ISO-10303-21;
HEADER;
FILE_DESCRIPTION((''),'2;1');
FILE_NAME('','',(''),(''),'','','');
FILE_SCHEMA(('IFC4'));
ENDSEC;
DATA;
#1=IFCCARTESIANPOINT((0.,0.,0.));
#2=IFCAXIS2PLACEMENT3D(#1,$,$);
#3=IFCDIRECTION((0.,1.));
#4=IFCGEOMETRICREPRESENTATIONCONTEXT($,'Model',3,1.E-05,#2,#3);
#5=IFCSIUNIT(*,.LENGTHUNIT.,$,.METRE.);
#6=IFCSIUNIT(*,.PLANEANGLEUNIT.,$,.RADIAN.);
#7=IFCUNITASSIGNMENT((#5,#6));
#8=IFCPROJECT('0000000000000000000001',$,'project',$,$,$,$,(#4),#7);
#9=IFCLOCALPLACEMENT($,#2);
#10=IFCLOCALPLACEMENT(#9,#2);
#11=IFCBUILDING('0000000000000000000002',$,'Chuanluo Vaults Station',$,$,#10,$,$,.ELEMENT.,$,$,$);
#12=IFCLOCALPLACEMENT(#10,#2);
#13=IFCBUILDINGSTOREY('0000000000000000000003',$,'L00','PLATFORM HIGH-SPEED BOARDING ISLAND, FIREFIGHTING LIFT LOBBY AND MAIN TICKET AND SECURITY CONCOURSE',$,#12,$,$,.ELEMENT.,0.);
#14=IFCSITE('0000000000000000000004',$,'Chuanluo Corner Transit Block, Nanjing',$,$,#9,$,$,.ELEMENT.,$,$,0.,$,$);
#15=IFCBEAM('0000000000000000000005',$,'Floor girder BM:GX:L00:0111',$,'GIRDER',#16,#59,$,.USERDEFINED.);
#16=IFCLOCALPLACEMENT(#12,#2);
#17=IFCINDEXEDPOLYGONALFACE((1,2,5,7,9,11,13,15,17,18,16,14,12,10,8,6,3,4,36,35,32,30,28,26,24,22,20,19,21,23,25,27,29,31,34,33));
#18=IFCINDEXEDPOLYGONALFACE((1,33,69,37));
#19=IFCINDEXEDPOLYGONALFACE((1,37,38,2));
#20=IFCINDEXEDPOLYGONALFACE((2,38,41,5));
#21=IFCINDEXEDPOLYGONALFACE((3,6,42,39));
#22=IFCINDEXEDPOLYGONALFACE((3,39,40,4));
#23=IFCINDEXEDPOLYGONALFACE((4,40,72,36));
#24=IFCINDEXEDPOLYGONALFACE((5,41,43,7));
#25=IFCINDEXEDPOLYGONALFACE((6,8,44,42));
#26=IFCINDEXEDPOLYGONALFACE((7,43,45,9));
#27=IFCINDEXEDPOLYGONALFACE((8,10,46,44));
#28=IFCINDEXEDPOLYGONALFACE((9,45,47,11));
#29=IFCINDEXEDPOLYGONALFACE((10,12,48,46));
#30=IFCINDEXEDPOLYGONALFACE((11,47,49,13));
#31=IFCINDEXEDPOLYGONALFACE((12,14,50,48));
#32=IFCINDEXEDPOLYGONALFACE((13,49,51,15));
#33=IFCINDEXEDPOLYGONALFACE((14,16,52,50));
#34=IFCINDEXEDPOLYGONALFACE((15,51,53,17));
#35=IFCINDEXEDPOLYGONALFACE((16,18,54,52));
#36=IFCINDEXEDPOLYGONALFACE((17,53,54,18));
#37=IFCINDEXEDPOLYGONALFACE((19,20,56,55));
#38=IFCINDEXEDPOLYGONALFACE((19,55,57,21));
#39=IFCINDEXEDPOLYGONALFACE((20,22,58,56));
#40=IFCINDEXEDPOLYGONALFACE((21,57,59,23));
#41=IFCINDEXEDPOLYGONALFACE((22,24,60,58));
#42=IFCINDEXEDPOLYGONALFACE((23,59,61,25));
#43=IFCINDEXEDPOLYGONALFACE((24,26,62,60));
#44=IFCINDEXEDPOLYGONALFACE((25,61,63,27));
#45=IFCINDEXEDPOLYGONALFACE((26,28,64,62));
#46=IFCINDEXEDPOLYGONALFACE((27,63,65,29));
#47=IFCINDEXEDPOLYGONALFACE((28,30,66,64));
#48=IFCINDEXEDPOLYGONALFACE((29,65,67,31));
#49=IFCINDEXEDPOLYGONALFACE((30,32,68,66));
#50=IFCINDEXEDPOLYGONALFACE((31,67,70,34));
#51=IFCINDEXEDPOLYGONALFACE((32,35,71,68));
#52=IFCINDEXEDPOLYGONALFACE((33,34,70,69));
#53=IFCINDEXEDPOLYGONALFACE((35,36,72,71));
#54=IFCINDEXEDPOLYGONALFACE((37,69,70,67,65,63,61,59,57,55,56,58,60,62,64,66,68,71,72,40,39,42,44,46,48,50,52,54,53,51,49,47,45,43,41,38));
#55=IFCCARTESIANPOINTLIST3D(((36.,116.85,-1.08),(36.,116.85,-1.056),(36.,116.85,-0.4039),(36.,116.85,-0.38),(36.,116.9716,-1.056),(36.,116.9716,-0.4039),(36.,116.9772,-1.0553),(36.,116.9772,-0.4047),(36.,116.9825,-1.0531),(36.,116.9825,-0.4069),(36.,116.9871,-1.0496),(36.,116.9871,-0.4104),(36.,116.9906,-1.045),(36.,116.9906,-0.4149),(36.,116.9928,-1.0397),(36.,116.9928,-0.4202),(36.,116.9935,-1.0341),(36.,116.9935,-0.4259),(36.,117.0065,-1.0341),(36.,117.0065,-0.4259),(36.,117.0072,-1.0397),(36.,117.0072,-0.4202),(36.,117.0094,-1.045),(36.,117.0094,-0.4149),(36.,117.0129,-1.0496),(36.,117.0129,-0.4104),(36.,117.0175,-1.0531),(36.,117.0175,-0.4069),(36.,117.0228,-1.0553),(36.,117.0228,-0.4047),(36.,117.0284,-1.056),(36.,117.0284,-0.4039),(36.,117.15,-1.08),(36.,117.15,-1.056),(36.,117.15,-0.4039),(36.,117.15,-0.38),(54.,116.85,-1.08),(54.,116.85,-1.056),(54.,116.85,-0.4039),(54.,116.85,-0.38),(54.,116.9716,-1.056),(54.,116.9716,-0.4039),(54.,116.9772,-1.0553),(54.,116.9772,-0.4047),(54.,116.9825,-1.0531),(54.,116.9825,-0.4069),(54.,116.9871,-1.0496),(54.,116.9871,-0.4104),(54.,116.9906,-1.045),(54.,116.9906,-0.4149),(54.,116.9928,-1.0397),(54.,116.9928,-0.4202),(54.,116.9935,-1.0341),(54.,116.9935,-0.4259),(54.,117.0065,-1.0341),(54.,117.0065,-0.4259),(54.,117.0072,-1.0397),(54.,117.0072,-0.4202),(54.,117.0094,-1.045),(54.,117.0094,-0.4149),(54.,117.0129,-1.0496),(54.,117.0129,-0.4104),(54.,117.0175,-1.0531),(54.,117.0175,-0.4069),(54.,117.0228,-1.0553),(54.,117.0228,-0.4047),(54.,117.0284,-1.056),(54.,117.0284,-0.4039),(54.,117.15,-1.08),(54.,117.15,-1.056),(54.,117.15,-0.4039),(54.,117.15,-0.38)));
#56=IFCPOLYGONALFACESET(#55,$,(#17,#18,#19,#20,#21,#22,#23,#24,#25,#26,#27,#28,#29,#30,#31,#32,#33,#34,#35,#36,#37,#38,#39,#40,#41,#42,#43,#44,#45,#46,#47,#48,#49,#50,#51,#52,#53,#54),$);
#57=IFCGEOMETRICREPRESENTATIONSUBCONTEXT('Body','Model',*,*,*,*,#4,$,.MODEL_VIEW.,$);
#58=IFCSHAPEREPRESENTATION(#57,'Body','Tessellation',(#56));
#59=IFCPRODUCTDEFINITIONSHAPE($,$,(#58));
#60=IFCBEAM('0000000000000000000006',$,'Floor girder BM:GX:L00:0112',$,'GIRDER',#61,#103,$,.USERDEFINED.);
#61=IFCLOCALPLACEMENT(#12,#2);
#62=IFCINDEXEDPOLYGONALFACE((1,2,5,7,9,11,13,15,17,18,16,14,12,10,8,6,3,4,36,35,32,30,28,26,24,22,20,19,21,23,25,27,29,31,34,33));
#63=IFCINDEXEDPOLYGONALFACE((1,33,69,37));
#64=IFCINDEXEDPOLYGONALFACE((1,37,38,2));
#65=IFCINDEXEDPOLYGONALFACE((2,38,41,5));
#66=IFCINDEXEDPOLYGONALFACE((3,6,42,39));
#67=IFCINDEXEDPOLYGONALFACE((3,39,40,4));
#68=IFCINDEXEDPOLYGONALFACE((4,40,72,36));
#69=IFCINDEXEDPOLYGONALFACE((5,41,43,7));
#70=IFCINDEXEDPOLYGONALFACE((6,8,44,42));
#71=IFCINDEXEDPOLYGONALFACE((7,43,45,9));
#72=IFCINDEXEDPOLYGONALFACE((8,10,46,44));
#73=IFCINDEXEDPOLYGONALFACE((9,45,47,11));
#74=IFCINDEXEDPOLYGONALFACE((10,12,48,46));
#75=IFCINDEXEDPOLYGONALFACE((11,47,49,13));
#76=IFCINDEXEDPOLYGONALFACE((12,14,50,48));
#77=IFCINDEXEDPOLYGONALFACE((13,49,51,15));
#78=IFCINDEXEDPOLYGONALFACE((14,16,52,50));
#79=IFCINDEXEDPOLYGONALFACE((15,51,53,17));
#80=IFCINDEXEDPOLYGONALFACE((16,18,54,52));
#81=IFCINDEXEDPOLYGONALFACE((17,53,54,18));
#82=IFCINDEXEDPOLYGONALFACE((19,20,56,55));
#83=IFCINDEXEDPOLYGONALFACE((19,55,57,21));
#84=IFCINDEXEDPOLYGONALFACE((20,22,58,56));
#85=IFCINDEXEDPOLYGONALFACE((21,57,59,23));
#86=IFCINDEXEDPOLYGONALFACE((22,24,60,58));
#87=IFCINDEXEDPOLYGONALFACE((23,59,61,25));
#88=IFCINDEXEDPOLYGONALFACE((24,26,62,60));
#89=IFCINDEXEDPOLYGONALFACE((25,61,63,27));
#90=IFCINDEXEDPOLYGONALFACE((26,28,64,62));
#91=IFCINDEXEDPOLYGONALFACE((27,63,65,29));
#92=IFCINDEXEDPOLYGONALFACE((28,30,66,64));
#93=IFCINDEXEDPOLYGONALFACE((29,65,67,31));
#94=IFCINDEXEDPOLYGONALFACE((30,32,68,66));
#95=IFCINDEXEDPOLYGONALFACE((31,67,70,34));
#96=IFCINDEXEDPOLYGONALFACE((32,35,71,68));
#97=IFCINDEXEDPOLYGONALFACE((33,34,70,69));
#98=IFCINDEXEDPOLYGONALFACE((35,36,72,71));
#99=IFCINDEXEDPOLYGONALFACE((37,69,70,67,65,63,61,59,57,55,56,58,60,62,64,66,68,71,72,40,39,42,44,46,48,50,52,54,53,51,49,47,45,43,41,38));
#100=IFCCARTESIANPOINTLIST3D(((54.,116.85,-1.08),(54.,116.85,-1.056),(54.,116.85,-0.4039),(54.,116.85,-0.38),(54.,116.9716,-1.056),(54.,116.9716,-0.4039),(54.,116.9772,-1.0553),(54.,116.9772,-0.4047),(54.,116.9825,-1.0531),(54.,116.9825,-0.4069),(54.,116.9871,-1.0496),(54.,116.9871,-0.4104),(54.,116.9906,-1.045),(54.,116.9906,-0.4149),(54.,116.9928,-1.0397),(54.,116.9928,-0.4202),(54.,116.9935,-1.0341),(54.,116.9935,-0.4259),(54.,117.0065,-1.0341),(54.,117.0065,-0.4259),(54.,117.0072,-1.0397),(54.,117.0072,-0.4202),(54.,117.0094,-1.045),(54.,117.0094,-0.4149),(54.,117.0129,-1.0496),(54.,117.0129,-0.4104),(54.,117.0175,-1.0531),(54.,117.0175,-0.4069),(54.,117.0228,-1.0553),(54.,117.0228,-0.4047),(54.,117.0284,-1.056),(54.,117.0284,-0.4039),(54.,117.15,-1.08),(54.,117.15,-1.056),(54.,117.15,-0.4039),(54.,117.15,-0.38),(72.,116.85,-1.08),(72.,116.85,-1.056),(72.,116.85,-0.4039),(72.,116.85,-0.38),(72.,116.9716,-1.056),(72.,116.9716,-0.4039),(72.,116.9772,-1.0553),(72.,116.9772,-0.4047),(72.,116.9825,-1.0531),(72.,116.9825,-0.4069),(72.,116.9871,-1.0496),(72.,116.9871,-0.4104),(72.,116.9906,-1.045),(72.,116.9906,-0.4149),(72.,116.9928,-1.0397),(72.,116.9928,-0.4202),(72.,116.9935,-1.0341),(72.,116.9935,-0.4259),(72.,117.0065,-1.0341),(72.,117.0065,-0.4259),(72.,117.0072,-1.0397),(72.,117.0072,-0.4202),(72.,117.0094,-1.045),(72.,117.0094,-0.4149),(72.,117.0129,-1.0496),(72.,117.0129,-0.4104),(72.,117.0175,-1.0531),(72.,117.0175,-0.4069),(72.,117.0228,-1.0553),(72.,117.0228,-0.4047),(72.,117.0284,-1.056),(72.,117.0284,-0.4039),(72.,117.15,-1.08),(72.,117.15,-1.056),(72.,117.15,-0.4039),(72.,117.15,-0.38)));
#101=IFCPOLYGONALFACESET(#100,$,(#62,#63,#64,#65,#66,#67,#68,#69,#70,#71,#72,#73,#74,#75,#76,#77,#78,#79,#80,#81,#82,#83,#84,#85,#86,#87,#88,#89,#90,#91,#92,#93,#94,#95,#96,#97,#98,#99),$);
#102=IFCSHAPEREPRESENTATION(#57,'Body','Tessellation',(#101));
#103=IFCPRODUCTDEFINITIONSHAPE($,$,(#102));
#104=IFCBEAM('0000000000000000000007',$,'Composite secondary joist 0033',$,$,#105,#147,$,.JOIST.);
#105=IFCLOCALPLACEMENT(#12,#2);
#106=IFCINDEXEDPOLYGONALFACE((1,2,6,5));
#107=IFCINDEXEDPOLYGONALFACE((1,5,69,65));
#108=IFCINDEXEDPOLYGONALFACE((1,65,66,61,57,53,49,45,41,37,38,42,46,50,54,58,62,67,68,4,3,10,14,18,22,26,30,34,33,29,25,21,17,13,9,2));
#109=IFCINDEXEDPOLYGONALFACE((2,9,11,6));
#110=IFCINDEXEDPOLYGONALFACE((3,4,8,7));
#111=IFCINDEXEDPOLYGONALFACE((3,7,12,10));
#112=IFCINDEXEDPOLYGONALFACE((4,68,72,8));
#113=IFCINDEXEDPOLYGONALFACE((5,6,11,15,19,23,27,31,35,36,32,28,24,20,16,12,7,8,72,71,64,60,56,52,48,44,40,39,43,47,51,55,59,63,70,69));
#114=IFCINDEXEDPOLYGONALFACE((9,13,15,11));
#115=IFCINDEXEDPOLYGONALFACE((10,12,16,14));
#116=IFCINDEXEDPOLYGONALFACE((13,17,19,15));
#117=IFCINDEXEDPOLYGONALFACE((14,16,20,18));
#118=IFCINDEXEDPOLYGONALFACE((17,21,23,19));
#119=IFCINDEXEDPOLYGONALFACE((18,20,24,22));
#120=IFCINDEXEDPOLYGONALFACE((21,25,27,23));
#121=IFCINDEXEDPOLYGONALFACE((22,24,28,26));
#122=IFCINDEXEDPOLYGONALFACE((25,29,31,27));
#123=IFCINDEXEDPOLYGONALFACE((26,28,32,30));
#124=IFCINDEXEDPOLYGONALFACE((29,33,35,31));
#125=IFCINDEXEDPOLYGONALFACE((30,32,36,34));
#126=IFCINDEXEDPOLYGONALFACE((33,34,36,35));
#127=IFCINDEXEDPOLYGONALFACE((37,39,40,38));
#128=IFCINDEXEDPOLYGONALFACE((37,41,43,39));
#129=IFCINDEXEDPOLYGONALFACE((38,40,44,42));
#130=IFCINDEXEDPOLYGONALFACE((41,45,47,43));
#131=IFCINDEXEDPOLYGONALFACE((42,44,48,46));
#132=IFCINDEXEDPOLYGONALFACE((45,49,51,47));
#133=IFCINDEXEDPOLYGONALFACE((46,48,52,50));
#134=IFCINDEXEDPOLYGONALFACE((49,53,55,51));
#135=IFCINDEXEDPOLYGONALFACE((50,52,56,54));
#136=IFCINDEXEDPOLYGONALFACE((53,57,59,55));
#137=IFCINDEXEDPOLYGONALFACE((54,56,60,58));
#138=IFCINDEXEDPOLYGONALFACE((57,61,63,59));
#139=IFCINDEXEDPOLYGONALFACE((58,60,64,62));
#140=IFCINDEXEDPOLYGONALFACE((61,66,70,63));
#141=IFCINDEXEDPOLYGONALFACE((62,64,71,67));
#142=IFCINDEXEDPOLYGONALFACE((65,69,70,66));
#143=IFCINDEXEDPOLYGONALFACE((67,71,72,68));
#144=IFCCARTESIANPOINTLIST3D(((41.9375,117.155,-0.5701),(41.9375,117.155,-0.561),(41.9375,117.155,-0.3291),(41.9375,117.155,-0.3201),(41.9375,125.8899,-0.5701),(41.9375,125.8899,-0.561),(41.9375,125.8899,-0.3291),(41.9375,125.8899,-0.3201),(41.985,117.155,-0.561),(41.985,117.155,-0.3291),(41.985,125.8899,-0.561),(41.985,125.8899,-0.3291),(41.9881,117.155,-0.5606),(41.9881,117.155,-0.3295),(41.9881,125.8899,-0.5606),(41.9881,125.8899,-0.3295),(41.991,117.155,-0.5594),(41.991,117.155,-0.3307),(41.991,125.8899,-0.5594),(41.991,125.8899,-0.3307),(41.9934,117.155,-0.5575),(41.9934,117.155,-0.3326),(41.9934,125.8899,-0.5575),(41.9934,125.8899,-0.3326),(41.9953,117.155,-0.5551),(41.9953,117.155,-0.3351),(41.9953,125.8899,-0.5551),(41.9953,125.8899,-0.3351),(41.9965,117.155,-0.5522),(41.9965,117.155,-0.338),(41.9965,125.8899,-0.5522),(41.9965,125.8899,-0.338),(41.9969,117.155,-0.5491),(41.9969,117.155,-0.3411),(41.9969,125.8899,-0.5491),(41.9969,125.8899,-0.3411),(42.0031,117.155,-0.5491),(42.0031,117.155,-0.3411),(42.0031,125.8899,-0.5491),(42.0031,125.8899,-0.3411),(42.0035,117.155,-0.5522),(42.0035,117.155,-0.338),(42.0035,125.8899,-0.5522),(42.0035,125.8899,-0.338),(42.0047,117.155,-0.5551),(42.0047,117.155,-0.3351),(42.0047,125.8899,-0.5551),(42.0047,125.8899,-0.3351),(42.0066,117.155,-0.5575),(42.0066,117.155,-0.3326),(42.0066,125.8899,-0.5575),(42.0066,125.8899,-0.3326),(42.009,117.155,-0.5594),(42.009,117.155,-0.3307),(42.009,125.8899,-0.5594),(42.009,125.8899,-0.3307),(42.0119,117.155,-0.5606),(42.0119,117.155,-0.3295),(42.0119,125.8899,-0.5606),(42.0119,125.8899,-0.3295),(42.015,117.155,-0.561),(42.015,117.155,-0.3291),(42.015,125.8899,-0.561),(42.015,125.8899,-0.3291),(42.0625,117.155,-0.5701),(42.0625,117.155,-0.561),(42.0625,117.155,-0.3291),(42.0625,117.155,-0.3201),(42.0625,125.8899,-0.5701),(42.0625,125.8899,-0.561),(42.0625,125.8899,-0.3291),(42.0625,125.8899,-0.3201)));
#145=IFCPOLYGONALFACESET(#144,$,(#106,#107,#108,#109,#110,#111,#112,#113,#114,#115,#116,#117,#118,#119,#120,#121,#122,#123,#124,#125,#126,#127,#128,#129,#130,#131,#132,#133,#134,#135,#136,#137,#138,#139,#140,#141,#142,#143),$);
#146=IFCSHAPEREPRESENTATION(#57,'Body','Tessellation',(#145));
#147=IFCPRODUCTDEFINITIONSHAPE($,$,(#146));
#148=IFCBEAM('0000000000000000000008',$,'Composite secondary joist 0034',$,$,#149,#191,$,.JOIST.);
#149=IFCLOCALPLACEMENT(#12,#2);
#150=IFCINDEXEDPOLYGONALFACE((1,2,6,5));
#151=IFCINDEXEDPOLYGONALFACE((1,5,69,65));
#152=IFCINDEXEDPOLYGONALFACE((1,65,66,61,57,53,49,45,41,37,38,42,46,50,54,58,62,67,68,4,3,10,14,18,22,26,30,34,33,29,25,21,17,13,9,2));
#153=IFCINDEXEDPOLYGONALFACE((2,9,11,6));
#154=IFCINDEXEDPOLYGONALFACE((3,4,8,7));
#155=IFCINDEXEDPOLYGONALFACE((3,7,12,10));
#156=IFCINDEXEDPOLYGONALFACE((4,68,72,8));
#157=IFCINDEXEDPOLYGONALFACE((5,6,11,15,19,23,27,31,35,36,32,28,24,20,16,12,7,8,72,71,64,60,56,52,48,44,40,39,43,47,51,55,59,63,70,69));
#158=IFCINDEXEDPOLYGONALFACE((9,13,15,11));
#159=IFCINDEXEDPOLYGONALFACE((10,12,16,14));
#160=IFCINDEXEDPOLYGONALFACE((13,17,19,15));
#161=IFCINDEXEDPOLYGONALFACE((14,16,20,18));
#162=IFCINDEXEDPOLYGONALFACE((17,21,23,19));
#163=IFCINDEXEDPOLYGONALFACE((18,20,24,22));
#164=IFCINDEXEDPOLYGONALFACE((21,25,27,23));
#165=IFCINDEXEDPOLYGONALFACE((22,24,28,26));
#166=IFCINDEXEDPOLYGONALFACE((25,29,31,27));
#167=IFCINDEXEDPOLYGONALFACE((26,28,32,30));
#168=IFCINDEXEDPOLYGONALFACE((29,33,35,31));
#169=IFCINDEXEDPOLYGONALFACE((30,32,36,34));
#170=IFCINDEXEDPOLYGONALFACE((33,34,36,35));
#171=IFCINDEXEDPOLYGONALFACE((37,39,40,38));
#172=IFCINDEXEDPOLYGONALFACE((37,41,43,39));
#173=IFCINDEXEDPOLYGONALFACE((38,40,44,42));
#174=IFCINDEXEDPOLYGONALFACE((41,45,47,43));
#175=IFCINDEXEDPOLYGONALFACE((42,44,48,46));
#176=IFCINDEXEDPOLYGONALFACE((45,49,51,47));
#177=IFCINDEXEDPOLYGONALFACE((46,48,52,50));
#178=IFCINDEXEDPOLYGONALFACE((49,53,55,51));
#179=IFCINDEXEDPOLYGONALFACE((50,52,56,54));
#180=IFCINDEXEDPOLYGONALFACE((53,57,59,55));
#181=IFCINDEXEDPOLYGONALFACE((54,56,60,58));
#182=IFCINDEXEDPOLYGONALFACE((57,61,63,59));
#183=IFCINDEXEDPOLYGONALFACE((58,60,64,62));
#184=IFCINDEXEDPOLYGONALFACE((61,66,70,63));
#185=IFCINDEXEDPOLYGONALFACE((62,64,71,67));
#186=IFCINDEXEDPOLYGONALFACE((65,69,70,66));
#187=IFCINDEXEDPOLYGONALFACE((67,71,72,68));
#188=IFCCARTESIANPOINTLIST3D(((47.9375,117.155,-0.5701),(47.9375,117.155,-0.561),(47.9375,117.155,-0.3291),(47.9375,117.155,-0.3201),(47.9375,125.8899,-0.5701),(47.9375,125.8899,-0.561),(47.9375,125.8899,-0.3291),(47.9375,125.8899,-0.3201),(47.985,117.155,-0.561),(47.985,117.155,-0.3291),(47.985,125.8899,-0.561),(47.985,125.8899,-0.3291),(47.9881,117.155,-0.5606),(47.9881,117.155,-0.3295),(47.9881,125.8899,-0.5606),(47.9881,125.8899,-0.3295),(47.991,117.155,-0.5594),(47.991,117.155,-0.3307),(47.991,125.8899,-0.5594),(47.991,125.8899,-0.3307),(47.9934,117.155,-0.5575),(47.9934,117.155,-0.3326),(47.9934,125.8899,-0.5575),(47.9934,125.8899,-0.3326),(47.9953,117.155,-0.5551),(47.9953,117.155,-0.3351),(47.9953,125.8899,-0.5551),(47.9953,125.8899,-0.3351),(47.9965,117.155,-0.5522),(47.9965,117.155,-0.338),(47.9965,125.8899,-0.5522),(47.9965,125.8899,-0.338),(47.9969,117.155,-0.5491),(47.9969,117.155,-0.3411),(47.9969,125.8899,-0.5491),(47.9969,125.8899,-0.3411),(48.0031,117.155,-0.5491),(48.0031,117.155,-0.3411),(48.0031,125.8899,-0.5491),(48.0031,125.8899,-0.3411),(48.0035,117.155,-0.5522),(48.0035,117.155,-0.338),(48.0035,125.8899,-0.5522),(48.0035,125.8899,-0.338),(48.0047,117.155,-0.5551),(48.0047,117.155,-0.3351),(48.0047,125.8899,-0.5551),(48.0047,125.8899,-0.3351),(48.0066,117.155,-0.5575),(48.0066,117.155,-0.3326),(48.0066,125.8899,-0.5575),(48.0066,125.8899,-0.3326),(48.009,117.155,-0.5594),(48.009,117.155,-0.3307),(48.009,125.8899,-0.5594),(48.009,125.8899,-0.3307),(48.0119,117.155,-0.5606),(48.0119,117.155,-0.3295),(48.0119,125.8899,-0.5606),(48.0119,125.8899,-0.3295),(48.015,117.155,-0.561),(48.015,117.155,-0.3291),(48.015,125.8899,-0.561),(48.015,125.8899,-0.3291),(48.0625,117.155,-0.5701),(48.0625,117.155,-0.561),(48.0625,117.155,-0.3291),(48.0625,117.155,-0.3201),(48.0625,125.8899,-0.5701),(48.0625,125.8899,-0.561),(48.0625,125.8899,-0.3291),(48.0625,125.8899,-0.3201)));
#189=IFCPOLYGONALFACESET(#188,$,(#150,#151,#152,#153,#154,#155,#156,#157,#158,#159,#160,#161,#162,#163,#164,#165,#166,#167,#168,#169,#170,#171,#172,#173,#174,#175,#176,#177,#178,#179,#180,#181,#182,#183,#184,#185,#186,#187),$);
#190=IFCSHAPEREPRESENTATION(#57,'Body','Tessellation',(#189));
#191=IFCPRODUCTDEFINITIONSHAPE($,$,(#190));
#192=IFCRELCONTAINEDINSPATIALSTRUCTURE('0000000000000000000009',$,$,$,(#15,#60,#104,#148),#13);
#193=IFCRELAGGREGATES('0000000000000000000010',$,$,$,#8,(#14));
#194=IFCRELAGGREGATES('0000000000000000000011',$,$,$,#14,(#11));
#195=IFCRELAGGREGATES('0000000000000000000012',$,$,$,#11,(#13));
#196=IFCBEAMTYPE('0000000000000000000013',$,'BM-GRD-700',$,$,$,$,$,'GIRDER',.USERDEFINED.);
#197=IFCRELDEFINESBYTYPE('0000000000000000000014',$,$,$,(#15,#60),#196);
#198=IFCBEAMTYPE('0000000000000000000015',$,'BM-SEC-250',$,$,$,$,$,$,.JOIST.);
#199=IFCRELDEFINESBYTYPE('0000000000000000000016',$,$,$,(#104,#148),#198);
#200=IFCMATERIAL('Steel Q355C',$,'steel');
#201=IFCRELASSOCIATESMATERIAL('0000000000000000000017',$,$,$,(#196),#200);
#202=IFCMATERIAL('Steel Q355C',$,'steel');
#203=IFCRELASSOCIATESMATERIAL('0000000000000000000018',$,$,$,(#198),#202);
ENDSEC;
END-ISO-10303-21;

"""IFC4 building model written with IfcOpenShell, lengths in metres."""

from ifc_helpers import new_model, si_unit, direction, frame, origin, origin_2d, place, context, subcontext, project, spatial, i_section, extrude, material, material_profile, profile_set, type_object, element, save


model = new_model("IFC4")

# Units and contexts
model_context = context("Model", 3, precision=1e-05, world=origin(), true_north=direction((0.0, 1.0)))
body_context = subcontext(model_context, "Body", "Model", "MODEL_VIEW")
ifc_project = project(units=[si_unit("LENGTHUNIT", "METRE"), si_unit("PLANEANGLEUNIT", "RADIAN")], contexts=[model_context])

# Site, building, storey
site_placement = place(None, origin())
site = spatial("IfcSite", under=ifc_project, at=site_placement, Name="Chuanluo Corner Transit Block, Nanjing", CompositionType="ELEMENT", RefElevation=0.0)
building_placement = place(site_placement, origin())
building = spatial("IfcBuilding", under=site, at=building_placement, Name="Chuanluo Vaults Station", CompositionType="ELEMENT")
storey_placement = place(building_placement, origin())
storey = spatial("IfcBuildingStorey", under=building, at=storey_placement, Name="L00", Description="PLATFORM HIGH-SPEED BOARDING ISLAND, FIREFIGHTING LIFT LOBBY AND MAIN TICKET AND SECURITY CONCOURSE", CompositionType="ELEMENT", Elevation=0.0)

# Beams
ifc_material_1 = material(Name="Steel Q355C", Category="steel")
ifc_material_profile_1 = material_profile(ifc_material_1, i_section(OverallWidth=0.3, OverallDepth=0.7, WebThickness=0.0129, FlangeThickness=0.0239, FilletRadius=0.022, at=origin_2d()))
ifc_profile_set_1 = profile_set([ifc_material_profile_1], Name="Steel Q355C")
beam_type_1 = type_object("IfcBeamType", Name="BM-GRD-700", ElementType="GIRDER", PredefinedType="USERDEFINED", material=ifc_profile_set_1)
for number, where, z_axis, x_axis, name in (
    (1, (36.0, 117.0, -0.73), (1.0, 0.0, 0.0), (0.0, 1.0, 0.0), "Floor girder BM:GX:L00:0111"),
    (2, (54.0, 117.0, -0.73), (1.0, 0.0, 0.0), (0.0, 1.0, 0.0), "Floor girder BM:GX:L00:0112"),
):
    element("IfcBeam", number, at=place(storey_placement, frame(where, z_axis=z_axis, x_axis=x_axis)), inside=storey, type_object=beam_type_1, Name=name, ObjectType="GIRDER", PredefinedType="USERDEFINED", context=body_context, shape_type="SweptSolid", body=[
        extrude(i_section(OverallWidth=0.3, OverallDepth=0.7, WebThickness=0.0129, FlangeThickness=0.0239, FilletRadius=0.022, at=origin_2d()), origin(), (0.0, 0.0, 1.0), 18.0),
    ])
ifc_material_2 = material(Name="Steel Q355C", Category="steel")
ifc_material_profile_2 = material_profile(ifc_material_2, i_section(OverallWidth=0.125, OverallDepth=0.25, WebThickness=0.0061, FlangeThickness=0.009, FilletRadius=0.012, at=origin_2d()))
ifc_profile_set_2 = profile_set([ifc_material_profile_2], Name="Steel Q355C")
beam_type_2 = type_object("IfcBeamType", Name="BM-SEC-250", PredefinedType="JOIST", material=ifc_profile_set_2)
for number, where, z_axis, x_axis, name in (
    (3, (42.0, 117.155, -0.4451), (0.0, 1.0, 0.0), (-1.0, 0.0, 0.0), "Composite secondary joist 0033"),
    (4, (48.0, 117.155, -0.4451), (0.0, 1.0, 0.0), (-1.0, 0.0, 0.0), "Composite secondary joist 0034"),
):
    element("IfcBeam", number, at=place(storey_placement, frame(where, z_axis=z_axis, x_axis=x_axis)), inside=storey, type_object=beam_type_2, Name=name, PredefinedType="JOIST", context=body_context, shape_type="SweptSolid", body=[
        extrude(i_section(OverallWidth=0.125, OverallDepth=0.25, WebThickness=0.0061, FlangeThickness=0.009, FilletRadius=0.012, at=origin_2d()), origin(), (0.0, 0.0, 1.0), 8.7349),
    ])

save(model, "model.ifc")
